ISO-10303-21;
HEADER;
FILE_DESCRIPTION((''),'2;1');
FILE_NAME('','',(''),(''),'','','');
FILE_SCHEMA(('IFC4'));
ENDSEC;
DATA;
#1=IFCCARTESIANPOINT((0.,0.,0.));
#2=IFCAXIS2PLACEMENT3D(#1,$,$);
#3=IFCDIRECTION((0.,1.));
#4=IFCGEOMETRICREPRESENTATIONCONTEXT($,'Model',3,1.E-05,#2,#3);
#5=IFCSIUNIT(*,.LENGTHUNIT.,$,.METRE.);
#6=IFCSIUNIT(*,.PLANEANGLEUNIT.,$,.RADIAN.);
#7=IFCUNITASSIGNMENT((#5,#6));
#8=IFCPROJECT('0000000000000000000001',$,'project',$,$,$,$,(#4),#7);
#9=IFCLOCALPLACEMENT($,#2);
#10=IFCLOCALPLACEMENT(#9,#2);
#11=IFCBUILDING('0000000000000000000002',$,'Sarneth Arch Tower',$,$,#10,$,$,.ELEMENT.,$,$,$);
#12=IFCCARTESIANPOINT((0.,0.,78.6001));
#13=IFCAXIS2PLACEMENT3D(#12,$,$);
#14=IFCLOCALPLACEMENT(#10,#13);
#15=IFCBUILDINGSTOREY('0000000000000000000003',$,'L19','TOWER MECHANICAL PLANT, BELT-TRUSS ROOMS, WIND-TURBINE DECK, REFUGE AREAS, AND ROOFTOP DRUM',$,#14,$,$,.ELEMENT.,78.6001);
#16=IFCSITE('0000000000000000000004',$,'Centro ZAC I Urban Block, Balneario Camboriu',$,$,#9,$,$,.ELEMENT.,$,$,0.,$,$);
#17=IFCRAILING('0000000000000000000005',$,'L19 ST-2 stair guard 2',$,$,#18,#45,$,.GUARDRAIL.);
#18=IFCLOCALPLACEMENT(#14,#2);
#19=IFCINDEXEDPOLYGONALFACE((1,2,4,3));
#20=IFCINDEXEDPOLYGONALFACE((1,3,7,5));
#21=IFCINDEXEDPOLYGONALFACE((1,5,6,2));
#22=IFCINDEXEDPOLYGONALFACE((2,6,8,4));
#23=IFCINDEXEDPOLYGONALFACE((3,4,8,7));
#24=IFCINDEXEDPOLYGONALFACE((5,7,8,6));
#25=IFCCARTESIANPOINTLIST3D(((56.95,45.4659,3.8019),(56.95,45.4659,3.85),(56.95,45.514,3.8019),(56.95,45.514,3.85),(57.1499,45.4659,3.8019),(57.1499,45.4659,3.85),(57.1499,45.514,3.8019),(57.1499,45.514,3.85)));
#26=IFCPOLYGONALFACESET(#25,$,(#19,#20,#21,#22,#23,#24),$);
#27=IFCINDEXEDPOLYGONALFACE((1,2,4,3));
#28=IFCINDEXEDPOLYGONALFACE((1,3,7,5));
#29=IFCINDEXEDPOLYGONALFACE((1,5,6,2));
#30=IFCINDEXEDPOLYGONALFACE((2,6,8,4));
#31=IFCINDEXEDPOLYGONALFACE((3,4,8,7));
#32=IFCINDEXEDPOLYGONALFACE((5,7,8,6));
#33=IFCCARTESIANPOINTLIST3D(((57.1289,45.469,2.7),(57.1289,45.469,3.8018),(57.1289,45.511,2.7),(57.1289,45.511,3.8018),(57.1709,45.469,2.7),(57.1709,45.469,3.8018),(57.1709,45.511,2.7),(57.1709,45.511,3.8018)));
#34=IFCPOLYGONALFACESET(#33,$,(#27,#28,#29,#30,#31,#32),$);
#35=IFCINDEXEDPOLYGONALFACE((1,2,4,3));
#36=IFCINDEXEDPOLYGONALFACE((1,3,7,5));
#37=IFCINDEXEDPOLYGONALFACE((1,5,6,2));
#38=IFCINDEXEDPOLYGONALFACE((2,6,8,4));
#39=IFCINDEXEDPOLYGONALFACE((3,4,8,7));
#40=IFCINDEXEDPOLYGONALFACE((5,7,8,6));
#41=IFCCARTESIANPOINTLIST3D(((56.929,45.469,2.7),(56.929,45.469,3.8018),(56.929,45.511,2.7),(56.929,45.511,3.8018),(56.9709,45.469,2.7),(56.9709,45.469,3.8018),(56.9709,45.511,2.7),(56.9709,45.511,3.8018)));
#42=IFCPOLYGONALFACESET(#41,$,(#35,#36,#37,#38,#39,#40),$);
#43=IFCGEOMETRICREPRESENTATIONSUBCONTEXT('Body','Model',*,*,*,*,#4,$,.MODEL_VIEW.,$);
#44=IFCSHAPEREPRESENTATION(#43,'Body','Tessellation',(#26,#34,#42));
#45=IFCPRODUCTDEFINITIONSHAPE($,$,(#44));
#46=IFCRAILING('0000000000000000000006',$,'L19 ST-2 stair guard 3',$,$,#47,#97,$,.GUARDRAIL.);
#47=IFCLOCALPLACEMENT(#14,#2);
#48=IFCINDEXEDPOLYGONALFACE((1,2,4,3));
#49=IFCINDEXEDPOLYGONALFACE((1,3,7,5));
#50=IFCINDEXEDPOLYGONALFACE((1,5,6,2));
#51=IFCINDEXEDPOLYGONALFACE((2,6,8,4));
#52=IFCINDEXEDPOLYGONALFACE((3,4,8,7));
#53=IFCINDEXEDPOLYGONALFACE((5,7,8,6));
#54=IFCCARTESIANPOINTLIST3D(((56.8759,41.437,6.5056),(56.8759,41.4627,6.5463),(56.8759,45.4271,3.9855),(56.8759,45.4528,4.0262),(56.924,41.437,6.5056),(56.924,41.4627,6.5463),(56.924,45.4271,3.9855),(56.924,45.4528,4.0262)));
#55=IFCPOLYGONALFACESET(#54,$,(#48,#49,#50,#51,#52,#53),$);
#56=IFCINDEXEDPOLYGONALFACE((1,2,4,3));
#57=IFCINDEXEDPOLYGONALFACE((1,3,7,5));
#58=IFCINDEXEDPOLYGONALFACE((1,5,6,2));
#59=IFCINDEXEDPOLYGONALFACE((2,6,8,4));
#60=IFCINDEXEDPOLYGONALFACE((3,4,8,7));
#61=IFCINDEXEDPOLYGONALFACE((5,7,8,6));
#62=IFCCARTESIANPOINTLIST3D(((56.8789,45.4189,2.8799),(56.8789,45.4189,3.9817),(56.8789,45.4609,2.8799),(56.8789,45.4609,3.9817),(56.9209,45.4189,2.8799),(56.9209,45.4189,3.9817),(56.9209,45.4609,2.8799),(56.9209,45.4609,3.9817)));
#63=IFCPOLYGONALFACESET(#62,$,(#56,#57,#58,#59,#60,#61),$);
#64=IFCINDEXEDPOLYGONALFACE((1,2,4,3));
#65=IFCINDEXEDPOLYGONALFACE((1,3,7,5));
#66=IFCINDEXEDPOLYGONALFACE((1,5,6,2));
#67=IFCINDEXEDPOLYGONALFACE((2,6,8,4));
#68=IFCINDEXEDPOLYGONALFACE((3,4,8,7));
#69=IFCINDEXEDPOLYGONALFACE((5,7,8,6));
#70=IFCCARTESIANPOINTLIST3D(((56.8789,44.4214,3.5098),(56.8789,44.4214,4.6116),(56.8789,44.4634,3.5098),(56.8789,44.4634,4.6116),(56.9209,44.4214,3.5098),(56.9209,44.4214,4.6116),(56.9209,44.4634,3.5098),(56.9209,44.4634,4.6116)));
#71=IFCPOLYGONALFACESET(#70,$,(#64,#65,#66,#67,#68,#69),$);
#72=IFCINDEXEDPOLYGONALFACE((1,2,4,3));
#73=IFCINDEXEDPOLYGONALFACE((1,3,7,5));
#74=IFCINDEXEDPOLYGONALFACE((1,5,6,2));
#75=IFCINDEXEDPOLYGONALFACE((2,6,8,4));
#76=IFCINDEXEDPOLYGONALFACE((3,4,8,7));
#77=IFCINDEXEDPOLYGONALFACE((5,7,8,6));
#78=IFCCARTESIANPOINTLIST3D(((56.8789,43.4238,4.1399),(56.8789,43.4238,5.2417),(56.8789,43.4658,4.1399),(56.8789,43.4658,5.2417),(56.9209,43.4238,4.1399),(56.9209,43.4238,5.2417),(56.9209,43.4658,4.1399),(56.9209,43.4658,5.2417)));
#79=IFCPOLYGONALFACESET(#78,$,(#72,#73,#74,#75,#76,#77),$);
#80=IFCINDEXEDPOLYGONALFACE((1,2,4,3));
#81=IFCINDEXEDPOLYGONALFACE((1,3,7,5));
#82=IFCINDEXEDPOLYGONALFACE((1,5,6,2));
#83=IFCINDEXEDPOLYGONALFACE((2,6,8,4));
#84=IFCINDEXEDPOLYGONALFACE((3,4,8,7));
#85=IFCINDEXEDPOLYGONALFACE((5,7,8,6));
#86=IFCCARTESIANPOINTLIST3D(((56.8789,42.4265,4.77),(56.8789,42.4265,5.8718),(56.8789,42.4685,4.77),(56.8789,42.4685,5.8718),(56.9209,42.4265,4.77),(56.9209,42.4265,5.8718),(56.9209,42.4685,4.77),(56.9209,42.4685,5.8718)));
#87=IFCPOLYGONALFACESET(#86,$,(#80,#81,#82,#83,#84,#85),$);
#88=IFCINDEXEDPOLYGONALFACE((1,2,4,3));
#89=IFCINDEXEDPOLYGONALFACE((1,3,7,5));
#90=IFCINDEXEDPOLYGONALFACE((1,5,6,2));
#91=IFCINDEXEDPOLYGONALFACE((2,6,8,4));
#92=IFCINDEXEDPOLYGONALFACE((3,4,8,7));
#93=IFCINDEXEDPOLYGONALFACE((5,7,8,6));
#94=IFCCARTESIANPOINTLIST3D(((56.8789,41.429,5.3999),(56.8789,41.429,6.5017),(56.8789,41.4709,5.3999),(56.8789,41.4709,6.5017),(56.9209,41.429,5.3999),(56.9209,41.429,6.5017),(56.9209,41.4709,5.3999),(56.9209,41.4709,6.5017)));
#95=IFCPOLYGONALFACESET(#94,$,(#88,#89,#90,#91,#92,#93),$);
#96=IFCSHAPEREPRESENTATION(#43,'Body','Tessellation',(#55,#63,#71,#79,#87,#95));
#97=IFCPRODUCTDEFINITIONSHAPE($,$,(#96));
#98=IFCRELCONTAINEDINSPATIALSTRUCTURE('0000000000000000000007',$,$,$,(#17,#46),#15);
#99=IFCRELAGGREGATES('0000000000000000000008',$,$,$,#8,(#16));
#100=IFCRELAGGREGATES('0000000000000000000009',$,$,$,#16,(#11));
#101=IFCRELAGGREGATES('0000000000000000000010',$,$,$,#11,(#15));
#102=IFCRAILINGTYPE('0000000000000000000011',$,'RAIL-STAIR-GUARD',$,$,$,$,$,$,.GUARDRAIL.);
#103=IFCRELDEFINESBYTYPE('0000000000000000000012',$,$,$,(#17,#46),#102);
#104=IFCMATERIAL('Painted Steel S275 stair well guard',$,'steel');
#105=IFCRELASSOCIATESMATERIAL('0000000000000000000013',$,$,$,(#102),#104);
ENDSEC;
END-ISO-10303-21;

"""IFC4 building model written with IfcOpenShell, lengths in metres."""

from ifc_helpers import new_model, si_unit, direction, frame, origin, origin_2d, place, context, subcontext, project, spatial, rectangle, extrude, material, type_object, element, save


model = new_model("IFC4")

# Units and contexts
model_context = context("Model", 3, precision=1e-05, world=origin(), true_north=direction((0.0, 1.0)))
body_context = subcontext(model_context, "Body", "Model", "MODEL_VIEW")
ifc_project = project(units=[si_unit("LENGTHUNIT", "METRE"), si_unit("PLANEANGLEUNIT", "RADIAN")], contexts=[model_context])

# Site, building, storey
site_placement = place(None, origin())
site = spatial("IfcSite", under=ifc_project, at=site_placement, Name="Centro ZAC I Urban Block, Balneario Camboriu", CompositionType="ELEMENT", RefElevation=0.0)
building_placement = place(site_placement, origin())
building = spatial("IfcBuilding", under=site, at=building_placement, Name="Sarneth Arch Tower", CompositionType="ELEMENT")
storey_placement = place(building_placement, frame((0.0, 0.0, 78.6001)))
storey = spatial("IfcBuildingStorey", under=building, at=storey_placement, Name="L19", Description="TOWER MECHANICAL PLANT, BELT-TRUSS ROOMS, WIND-TURBINE DECK, REFUGE AREAS, AND ROOFTOP DRUM", CompositionType="ELEMENT", Elevation=78.6001)

# Railings
ifc_material_1 = material(Name="Painted Steel S275 stair well guard", Category="steel")
railing_type_1 = type_object("IfcRailingType", Name="RAIL-STAIR-GUARD", PredefinedType="GUARDRAIL", material=ifc_material_1)
railing_1_placement = place(storey_placement, frame((57.1499, 45.49, 2.7)))
element("IfcRailing", 1, at=railing_1_placement, inside=storey, type_object=railing_type_1, Name="L19 ST-2 stair guard 2", PredefinedType="GUARDRAIL", context=body_context, shape_type="SweptSolid", body=[
    extrude(rectangle(XDim=0.0481, YDim=0.0481, at=origin_2d()), frame((0.0, 0.0, 1.126), z_axis=(-1.0, 0.0, 0.0), x_axis=(0.0, -1.0, 0.0)), (0.0, 0.0, 1.0), 0.2),
    extrude(rectangle(XDim=0.042, YDim=0.042, at=origin_2d()), origin(), (0.0, 0.0, 1.0), 1.1018),
    extrude(rectangle(XDim=0.042, YDim=0.042, at=origin_2d()), frame((-0.2, 0.0, 0.0)), (0.0, 0.0, 1.0), 1.1018),
])
railing_2_placement = place(storey_placement, frame((56.8999, 45.4399, 2.8799)))
element("IfcRailing", 2, at=railing_2_placement, inside=storey, type_object=railing_type_1, Name="L19 ST-2 stair guard 3", PredefinedType="GUARDRAIL", context=body_context, shape_type="SweptSolid", body=[
    extrude(rectangle(XDim=0.0481, YDim=0.0481, at=origin_2d()), frame((0.0, 0.0, 1.126), z_axis=(0.0, -0.845486, 0.533997), x_axis=(1.0, 0.0, 0.0)), (0.0, 0.0, 1.0), 4.7192),
    extrude(rectangle(XDim=0.042, YDim=0.042, at=origin_2d()), origin(), (0.0, 0.0, 1.0), 1.1018),
    extrude(rectangle(XDim=0.042, YDim=0.042, at=origin_2d()), frame((0.0, -0.9976, 0.6299)), (0.0, 0.0, 1.0), 1.1018),
    extrude(rectangle(XDim=0.042, YDim=0.042, at=origin_2d()), frame((0.0, -1.9951, 1.26)), (0.0, 0.0, 1.0), 1.1018),
    extrude(rectangle(XDim=0.042, YDim=0.042, at=origin_2d()), frame((0.0, -2.9924, 1.8901)), (0.0, 0.0, 1.0), 1.1018),
    extrude(rectangle(XDim=0.042, YDim=0.042, at=origin_2d()), frame((0.0, -3.99, 2.52)), (0.0, 0.0, 1.0), 1.1018),
])

save(model, "model.ifc")
